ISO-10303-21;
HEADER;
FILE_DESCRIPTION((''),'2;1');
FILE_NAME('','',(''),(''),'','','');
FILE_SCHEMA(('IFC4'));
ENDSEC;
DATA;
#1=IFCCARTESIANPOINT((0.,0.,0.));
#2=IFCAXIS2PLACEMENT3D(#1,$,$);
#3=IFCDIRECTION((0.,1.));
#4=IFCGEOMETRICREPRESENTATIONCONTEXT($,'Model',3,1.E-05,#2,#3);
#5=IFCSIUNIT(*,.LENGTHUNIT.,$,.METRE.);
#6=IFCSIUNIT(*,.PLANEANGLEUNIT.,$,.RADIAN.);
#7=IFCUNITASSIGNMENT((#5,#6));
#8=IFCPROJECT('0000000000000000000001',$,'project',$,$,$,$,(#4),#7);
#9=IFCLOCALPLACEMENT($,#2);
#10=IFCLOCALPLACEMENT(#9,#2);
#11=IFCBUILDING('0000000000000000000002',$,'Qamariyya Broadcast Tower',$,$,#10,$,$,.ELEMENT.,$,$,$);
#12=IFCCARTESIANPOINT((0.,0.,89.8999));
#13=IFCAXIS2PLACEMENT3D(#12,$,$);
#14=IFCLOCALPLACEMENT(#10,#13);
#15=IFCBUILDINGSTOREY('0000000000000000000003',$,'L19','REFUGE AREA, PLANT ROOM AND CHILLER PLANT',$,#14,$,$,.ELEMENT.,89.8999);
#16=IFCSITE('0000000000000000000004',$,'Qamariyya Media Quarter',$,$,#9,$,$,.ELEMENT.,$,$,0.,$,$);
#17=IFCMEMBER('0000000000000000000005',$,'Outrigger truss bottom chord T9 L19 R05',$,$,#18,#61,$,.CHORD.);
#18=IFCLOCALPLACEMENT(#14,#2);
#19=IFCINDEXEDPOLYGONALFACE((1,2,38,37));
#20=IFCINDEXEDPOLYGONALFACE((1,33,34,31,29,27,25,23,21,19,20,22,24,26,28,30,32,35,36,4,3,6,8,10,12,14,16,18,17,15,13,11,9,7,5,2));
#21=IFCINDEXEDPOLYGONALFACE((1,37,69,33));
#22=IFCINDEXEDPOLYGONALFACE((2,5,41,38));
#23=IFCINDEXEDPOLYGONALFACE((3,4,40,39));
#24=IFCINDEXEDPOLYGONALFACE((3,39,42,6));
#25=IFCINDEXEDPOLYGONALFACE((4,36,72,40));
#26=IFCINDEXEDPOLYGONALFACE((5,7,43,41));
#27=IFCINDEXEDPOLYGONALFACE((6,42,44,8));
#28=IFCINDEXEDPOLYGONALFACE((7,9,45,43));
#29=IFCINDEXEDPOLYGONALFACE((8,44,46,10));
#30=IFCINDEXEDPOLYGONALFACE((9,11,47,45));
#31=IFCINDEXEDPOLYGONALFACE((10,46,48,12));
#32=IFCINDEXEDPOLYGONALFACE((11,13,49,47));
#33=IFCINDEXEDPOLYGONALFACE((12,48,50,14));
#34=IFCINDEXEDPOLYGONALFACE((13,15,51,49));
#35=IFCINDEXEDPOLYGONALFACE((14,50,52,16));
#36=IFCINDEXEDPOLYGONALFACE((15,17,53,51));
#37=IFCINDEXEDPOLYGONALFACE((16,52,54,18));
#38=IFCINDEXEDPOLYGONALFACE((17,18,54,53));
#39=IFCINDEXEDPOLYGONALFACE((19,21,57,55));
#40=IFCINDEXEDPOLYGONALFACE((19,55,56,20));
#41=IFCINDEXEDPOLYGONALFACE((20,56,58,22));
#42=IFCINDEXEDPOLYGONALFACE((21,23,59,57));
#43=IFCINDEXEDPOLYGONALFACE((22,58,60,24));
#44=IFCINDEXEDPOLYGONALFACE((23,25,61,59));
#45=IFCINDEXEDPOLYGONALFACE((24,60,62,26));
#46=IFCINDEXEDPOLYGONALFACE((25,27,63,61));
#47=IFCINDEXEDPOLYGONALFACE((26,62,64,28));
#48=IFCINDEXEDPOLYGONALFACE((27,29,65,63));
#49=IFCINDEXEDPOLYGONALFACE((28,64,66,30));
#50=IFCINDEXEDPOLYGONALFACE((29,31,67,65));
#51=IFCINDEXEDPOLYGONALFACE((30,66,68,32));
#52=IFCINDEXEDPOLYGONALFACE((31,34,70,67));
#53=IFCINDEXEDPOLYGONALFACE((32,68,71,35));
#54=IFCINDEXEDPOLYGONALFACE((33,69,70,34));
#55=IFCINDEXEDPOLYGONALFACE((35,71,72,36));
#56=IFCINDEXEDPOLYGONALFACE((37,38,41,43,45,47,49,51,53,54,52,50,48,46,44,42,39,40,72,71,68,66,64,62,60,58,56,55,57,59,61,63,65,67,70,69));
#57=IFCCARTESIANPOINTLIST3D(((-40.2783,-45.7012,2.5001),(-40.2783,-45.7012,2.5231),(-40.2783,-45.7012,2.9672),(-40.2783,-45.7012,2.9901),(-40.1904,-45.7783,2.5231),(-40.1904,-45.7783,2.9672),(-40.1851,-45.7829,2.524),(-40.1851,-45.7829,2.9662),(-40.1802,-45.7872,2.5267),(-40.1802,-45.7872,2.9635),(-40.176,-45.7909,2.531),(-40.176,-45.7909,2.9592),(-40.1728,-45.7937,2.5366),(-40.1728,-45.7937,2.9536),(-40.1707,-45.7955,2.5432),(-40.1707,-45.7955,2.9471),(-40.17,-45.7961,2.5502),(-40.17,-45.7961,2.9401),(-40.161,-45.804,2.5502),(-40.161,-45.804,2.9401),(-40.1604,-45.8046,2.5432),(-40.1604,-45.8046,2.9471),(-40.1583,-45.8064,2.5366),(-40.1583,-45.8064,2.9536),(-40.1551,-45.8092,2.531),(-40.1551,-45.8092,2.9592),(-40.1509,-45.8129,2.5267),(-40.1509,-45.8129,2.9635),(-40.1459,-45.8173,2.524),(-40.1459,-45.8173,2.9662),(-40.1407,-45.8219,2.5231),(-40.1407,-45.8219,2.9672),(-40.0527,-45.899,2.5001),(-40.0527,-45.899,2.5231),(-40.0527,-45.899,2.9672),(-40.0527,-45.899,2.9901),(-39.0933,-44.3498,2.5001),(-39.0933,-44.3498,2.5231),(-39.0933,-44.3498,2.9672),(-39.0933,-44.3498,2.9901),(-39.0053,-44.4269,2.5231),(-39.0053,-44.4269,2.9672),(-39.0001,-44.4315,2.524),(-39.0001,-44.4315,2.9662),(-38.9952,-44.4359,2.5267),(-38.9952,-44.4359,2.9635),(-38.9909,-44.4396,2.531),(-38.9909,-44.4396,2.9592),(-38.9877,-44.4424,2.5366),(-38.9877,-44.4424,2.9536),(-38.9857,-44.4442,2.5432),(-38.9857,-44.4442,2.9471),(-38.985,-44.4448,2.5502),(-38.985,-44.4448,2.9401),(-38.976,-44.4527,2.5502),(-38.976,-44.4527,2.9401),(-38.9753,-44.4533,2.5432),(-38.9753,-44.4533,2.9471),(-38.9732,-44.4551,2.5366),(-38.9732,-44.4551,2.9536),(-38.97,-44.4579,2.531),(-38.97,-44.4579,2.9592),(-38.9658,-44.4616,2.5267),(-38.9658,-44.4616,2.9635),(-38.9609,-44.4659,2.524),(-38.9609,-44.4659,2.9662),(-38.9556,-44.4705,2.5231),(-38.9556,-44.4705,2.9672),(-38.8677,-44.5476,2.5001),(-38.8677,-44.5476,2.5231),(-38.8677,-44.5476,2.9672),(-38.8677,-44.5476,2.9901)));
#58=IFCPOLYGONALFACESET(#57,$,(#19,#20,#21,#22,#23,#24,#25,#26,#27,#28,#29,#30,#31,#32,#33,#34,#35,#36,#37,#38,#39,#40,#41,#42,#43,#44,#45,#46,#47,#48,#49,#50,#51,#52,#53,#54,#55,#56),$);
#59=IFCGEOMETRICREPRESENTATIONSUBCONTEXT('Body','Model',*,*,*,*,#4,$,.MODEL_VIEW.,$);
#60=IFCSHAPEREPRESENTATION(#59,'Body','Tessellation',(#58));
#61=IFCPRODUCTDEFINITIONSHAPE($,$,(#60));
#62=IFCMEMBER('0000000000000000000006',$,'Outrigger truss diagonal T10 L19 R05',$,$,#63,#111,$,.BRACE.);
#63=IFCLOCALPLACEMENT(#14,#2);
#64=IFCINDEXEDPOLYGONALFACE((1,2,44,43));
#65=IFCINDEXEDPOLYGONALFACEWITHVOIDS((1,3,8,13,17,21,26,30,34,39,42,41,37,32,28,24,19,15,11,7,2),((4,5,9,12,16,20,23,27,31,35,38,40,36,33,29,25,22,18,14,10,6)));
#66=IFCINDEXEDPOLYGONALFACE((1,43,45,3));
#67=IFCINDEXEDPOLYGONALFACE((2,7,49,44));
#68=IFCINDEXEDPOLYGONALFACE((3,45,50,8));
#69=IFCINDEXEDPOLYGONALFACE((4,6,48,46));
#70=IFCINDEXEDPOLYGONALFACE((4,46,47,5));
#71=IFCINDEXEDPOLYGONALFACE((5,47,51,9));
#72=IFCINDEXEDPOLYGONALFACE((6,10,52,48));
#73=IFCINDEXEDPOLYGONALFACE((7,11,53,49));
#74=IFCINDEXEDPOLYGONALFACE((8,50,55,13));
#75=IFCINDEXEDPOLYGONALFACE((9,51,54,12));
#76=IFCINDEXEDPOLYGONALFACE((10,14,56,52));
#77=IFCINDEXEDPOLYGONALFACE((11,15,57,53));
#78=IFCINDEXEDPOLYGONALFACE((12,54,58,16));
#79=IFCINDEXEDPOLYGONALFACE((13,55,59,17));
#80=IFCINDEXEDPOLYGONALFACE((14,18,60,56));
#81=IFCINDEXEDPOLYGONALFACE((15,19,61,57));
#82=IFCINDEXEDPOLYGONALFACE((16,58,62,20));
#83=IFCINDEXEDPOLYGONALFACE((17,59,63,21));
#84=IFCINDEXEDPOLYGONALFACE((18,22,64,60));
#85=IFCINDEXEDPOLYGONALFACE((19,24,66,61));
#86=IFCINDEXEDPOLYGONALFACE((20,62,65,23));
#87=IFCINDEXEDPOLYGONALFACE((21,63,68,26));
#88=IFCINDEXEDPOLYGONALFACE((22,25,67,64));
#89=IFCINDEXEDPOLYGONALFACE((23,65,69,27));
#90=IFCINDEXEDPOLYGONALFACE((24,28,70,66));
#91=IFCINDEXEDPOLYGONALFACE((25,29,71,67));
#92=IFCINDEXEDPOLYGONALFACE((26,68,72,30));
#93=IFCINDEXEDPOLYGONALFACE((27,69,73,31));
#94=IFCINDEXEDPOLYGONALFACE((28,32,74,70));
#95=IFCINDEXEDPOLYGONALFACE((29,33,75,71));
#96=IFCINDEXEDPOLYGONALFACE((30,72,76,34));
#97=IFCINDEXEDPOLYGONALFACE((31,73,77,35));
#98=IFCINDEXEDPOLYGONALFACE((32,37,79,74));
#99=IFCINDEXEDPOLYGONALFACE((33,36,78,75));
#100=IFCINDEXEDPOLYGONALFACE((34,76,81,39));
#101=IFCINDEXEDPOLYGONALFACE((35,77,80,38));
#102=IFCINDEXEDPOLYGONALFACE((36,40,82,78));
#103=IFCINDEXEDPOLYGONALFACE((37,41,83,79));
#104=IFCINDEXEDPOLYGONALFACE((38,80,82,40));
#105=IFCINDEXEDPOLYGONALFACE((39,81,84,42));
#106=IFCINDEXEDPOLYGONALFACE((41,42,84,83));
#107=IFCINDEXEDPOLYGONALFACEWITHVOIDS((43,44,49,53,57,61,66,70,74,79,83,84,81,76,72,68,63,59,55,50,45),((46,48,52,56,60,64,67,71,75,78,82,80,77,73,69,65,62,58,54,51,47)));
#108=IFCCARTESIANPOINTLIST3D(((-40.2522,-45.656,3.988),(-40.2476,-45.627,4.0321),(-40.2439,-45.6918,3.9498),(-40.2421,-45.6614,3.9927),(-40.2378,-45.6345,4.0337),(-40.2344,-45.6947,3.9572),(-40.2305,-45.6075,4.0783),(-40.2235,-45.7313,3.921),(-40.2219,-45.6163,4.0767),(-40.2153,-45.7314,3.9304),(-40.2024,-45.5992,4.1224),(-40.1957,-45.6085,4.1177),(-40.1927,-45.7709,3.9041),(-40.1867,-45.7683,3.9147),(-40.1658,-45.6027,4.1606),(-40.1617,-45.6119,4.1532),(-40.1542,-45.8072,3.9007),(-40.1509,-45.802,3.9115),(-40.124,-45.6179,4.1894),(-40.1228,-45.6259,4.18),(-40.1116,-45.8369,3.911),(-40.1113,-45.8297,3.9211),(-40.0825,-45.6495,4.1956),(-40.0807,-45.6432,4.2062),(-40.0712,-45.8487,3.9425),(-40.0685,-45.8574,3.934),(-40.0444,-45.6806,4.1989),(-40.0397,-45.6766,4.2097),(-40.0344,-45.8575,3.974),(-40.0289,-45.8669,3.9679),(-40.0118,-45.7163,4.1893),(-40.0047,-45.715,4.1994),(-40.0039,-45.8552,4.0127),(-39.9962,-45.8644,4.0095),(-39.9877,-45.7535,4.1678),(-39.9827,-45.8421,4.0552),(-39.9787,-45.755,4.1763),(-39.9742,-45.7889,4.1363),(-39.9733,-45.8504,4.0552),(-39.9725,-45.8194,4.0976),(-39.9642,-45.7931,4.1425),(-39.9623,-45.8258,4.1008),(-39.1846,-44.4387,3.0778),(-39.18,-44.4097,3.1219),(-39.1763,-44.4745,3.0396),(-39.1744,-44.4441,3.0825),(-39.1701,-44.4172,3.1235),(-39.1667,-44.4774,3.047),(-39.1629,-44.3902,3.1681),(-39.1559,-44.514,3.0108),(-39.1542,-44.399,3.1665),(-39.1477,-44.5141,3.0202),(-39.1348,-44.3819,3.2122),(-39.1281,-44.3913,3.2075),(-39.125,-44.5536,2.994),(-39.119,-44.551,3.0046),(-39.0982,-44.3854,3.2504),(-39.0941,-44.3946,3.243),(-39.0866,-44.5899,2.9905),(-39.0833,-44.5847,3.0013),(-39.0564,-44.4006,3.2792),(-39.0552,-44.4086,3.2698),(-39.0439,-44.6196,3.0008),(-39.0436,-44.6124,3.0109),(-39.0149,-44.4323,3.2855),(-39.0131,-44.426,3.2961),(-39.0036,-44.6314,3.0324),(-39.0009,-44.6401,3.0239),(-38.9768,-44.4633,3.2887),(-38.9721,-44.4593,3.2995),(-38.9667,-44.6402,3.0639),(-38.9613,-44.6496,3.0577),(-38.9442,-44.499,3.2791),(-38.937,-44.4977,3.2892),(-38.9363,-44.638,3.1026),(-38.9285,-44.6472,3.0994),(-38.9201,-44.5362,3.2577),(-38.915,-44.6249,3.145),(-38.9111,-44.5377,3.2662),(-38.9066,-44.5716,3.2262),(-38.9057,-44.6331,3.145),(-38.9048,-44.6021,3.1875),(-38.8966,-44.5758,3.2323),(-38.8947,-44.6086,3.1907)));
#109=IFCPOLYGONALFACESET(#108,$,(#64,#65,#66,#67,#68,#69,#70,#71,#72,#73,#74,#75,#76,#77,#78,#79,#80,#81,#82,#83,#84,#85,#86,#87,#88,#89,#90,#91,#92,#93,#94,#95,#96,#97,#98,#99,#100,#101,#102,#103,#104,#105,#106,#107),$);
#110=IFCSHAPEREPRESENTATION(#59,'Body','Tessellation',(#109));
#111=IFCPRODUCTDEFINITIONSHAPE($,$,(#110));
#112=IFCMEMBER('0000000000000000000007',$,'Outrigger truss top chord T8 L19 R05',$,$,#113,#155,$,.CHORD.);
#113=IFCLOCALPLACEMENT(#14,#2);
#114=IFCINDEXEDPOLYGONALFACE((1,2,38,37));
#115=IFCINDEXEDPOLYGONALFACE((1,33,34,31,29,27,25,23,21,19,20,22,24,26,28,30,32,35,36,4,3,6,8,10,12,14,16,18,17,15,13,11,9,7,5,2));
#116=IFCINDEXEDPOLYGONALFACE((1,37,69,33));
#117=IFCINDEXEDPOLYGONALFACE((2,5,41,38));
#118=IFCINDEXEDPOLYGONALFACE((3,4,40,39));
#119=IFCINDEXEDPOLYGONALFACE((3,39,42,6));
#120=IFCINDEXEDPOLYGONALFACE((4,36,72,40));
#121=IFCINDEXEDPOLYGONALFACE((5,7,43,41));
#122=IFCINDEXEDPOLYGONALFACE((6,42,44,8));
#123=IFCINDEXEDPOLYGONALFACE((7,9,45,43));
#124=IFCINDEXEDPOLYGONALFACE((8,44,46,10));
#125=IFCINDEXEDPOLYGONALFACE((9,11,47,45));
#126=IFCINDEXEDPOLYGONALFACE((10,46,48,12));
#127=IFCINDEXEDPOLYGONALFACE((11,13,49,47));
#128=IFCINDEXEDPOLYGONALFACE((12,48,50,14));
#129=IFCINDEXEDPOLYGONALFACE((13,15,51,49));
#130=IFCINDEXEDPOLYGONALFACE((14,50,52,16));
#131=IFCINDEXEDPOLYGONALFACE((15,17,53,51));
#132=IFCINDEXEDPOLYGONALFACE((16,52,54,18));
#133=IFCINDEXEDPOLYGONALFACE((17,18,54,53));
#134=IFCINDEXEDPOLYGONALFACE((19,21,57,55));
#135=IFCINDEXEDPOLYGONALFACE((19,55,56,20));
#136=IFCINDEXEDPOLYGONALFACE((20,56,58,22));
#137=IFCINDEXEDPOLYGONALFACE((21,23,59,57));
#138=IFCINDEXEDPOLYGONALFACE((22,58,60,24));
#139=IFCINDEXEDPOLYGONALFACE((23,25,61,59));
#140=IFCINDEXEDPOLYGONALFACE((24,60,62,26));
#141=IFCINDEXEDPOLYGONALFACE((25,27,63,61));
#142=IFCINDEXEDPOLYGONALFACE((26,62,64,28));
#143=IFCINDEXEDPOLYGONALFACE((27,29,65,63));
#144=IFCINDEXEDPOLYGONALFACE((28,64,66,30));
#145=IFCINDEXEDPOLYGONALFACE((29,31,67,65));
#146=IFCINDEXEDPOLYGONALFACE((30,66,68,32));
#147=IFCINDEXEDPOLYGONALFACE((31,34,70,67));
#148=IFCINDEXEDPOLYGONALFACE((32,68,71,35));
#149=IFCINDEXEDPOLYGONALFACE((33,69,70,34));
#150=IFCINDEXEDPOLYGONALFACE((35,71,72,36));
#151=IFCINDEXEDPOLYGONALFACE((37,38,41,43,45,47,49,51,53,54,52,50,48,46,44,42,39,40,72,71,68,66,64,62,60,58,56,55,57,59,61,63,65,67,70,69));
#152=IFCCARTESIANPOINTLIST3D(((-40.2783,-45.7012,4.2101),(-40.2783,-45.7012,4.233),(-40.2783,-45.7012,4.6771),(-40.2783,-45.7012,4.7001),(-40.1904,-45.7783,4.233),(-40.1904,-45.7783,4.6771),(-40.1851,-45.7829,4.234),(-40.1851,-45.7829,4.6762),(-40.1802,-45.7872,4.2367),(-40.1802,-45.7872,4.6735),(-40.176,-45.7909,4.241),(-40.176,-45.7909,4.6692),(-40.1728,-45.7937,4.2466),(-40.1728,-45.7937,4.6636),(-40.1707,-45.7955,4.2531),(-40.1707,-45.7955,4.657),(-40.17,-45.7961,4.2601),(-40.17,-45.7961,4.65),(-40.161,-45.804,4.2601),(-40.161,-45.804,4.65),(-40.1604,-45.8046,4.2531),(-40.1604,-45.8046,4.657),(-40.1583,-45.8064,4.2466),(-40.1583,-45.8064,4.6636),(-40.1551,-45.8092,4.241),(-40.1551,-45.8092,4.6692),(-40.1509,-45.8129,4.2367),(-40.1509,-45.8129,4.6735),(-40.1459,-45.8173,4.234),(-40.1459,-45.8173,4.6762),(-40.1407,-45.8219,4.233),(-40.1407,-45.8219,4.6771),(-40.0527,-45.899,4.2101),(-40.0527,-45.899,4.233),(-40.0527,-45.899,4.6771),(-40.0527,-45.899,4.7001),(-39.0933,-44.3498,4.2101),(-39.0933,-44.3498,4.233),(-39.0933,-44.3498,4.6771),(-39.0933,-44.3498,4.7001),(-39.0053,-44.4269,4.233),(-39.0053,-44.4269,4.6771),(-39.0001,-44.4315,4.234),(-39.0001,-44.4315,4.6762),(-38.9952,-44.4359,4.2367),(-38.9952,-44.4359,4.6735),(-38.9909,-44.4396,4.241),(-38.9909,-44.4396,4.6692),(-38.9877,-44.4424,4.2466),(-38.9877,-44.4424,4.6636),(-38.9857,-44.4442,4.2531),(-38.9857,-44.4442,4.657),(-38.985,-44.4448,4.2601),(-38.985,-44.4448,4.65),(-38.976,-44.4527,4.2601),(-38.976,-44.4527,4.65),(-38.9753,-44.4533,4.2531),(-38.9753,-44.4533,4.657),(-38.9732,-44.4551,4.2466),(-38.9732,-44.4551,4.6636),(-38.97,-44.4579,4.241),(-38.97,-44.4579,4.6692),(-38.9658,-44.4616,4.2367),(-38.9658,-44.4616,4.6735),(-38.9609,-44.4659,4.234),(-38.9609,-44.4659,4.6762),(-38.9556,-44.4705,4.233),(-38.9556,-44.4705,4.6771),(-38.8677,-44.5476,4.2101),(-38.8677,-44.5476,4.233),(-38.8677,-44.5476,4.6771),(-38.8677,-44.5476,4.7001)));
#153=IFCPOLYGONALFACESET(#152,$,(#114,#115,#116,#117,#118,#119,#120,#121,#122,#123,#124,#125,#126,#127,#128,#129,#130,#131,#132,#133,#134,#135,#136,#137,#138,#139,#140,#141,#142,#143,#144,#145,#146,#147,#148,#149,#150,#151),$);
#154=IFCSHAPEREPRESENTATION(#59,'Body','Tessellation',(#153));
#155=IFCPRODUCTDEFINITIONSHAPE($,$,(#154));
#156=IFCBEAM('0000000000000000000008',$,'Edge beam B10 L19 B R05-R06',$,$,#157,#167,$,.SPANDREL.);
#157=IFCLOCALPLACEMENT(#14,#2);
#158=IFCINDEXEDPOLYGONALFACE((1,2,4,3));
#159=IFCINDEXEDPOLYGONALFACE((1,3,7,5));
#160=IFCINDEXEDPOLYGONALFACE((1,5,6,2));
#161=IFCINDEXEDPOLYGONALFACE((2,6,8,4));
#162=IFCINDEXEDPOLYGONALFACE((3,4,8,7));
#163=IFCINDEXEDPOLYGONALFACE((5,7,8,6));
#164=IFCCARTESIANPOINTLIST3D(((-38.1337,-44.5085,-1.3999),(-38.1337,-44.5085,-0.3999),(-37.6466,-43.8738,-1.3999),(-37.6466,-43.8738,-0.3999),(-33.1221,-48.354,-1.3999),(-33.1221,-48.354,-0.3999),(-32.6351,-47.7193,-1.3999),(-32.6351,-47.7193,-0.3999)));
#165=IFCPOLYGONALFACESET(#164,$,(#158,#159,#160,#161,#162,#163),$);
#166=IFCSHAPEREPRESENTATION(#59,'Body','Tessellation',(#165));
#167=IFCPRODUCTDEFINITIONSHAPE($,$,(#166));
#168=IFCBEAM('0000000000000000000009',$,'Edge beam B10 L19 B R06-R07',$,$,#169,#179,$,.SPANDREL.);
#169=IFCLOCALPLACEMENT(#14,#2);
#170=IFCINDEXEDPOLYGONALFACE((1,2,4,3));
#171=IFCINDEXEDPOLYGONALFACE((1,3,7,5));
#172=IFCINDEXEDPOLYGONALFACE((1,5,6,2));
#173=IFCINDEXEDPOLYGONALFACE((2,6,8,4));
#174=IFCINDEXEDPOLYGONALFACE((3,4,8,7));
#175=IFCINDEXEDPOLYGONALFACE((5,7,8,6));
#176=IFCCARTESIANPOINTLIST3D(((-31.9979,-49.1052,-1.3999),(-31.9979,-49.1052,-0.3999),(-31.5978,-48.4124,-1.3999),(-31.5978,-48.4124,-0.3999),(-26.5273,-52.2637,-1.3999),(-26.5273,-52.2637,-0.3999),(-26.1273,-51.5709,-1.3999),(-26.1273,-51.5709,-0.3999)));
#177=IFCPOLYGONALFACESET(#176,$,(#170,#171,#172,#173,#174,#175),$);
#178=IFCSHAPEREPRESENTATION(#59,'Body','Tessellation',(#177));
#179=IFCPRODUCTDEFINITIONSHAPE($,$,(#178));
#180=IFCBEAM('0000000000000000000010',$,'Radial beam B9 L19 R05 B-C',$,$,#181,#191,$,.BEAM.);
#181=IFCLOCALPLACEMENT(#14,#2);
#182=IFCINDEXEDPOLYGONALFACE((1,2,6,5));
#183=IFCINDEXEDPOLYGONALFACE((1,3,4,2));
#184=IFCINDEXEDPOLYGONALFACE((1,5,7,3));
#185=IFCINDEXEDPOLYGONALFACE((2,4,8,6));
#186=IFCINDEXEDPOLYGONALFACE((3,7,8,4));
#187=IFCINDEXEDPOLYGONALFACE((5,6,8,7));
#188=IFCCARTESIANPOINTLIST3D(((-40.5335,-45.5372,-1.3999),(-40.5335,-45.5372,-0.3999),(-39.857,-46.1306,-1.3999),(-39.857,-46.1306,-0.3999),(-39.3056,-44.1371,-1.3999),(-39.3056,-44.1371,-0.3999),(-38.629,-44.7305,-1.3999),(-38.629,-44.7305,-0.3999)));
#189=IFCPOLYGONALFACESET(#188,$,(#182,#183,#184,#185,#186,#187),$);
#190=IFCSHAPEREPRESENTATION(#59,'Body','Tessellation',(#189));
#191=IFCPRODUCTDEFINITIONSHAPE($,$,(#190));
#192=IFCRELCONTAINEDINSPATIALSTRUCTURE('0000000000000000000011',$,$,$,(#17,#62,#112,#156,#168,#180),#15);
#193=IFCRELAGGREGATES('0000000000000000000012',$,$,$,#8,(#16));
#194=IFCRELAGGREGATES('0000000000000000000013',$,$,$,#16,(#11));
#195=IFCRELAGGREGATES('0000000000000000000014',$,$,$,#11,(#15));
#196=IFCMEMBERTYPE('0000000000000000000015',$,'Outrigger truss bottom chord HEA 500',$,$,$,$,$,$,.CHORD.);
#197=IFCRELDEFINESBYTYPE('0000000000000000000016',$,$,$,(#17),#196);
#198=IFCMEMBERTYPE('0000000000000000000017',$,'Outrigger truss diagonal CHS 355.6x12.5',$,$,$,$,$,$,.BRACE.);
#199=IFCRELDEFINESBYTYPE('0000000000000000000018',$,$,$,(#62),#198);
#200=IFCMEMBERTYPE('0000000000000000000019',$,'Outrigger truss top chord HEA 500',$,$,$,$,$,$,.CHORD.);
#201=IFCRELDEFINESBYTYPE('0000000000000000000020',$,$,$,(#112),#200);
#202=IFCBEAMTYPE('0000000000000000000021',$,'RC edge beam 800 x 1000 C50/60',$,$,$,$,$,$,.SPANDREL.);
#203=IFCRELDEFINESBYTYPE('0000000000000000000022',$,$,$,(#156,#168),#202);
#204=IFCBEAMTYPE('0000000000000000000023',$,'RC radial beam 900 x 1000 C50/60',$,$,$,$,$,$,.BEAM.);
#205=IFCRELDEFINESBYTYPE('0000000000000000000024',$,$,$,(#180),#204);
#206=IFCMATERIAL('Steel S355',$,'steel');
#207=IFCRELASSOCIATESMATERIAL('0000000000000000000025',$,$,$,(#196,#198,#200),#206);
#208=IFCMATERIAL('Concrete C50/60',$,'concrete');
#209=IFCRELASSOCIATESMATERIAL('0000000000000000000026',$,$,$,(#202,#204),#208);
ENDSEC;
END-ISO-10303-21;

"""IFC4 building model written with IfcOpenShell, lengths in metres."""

from ifc_helpers import new_model, si_unit, direction, frame, origin, origin_2d, place, context, subcontext, project, spatial, rectangle, hollow_circle, i_section, extrude, material, material_profile, profile_set, type_object, element, save


model = new_model("IFC4")

# Units and contexts
model_context = context("Model", 3, precision=1e-05, world=origin(), true_north=direction((0.0, 1.0)))
body_context = subcontext(model_context, "Body", "Model", "MODEL_VIEW")
ifc_project = project(units=[si_unit("LENGTHUNIT", "METRE"), si_unit("PLANEANGLEUNIT", "RADIAN")], contexts=[model_context])

# Site, building, storey
site_placement = place(None, origin())
site = spatial("IfcSite", under=ifc_project, at=site_placement, Name="Qamariyya Media Quarter", CompositionType="ELEMENT", RefElevation=0.0)
building_placement = place(site_placement, origin())
building = spatial("IfcBuilding", under=site, at=building_placement, Name="Qamariyya Broadcast Tower", CompositionType="ELEMENT")
storey_placement = place(building_placement, frame((0.0, 0.0, 89.8999)))
storey = spatial("IfcBuildingStorey", under=building, at=storey_placement, Name="L19", Description="REFUGE AREA, PLANT ROOM AND CHILLER PLANT", CompositionType="ELEMENT", Elevation=89.8999)

# Members
ifc_material_1 = material(Name="Steel S355", Category="steel")
ifc_material_profile_1 = material_profile(ifc_material_1, i_section(OverallWidth=0.3, OverallDepth=0.49, WebThickness=0.012, FlangeThickness=0.0229, FilletRadius=0.0271, at=origin_2d()))
ifc_profile_set_1 = profile_set([ifc_material_profile_1], Name="Steel S355")
member_type_1 = type_object("IfcMemberType", Name="Outrigger truss bottom chord HEA 500", PredefinedType="CHORD", material=ifc_profile_set_1)
member_1_placement = place(storey_placement, frame((-38.9805, -44.4487, 2.7451), z_axis=(-0.659341, -0.751844, 0.0), x_axis=(0.751844, -0.659341, 0.0)))
element("IfcMember", 1, at=member_1_placement, inside=storey, type_object=member_type_1, Name="Outrigger truss bottom chord T9 L19 R05", PredefinedType="CHORD", context=body_context, shape_type="SweptSolid", body=[
    extrude(i_section(OverallWidth=0.3, OverallDepth=0.49, WebThickness=0.012, FlangeThickness=0.0229, FilletRadius=0.0271, at=origin_2d()), origin(), (0.0, 0.0, 1.0), 1.7974),
])
ifc_material_profile_2 = material_profile(ifc_material_1, hollow_circle(Radius=0.1777, WallThickness=0.0125, at=origin_2d()))
ifc_profile_set_2 = profile_set([ifc_material_profile_2], Name="Steel S355")
member_type_2 = type_object("IfcMemberType", Name="Outrigger truss diagonal CHS 355.6x12.5", PredefinedType="BRACE", material=ifc_profile_set_2)
member_2_placement = place(storey_placement, frame((-39.0393, -44.5159, 3.145), z_axis=(-0.574791, -0.655365, 0.490012), x_axis=(0.75181, -0.65938, 0.0)))
element("IfcMember", 2, at=member_2_placement, inside=storey, type_object=member_type_2, Name="Outrigger truss diagonal T10 L19 R05", PredefinedType="BRACE", context=body_context, shape_type="SweptSolid", body=[
    extrude(hollow_circle(Radius=0.1777, WallThickness=0.0125, at=origin_2d()), origin(), (0.0, 0.0, 1.0), 1.8574),
])
ifc_material_profile_3 = material_profile(ifc_material_1, i_section(OverallWidth=0.3, OverallDepth=0.49, WebThickness=0.012, FlangeThickness=0.0229, FilletRadius=0.0271, at=origin_2d()))
ifc_profile_set_3 = profile_set([ifc_material_profile_3], Name="Steel S355")
member_type_3 = type_object("IfcMemberType", Name="Outrigger truss top chord HEA 500", PredefinedType="CHORD", material=ifc_profile_set_3)
member_3_placement = place(storey_placement, frame((-38.9805, -44.4487, 4.4551), z_axis=(-0.659341, -0.751844, 0.0), x_axis=(0.751844, -0.659341, 0.0)))
element("IfcMember", 3, at=member_3_placement, inside=storey, type_object=member_type_3, Name="Outrigger truss top chord T8 L19 R05", PredefinedType="CHORD", context=body_context, shape_type="SweptSolid", body=[
    extrude(i_section(OverallWidth=0.3, OverallDepth=0.49, WebThickness=0.012, FlangeThickness=0.0229, FilletRadius=0.0271, at=origin_2d()), origin(), (0.0, 0.0, 1.0), 1.7974),
])

# Beams
ifc_material_2 = material(Name="Concrete C50/60", Category="concrete")
ifc_material_profile_4 = material_profile(ifc_material_2, rectangle(XDim=0.8, YDim=1.0, at=origin_2d()))
ifc_profile_set_4 = profile_set([ifc_material_profile_4], Name="Concrete C50/60")
beam_type_1 = type_object("IfcBeamType", Name="RC edge beam 800 x 1000 C50/60", PredefinedType="SPANDREL", material=ifc_profile_set_4)
for number, where, z_axis, x_axis, name in (
    (4, (-37.8901, -44.1912, -0.8999), (0.793352, -0.608763, 0.0), (0.608763, 0.793352, 0.0), "Edge beam B10 L19 B R05-R06"),
    (5, (-31.7979, -48.7588, -0.8999), (0.86602, -0.500009, 0.0), (0.500009, 0.86602, 0.0), "Edge beam B10 L19 B R06-R07"),
):
    element("IfcBeam", number, at=place(storey_placement, frame(where, z_axis=z_axis, x_axis=x_axis)), inside=storey, type_object=beam_type_1, Name=name, PredefinedType="SPANDREL", context=body_context, shape_type="SweptSolid", body=[
        extrude(rectangle(XDim=0.8, YDim=1.0, at=origin_2d()), origin(), (0.0, 0.0, 1.0), 6.3169),
    ])
ifc_material_profile_5 = material_profile(ifc_material_2, rectangle(XDim=0.8999, YDim=1.0, at=origin_2d()))
ifc_profile_set_5 = profile_set([ifc_material_profile_5], Name="Concrete C50/60")
beam_type_2 = type_object("IfcBeamType", Name="RC radial beam 900 x 1000 C50/60", PredefinedType="BEAM", material=ifc_profile_set_5)
beam_1_placement = place(storey_placement, frame((-38.9673, -44.4338, -0.8999), z_axis=(-0.659386, -0.751805, 0.0), x_axis=(0.751805, -0.659386, 0.0)))
element("IfcBeam", 6, at=beam_1_placement, inside=storey, type_object=beam_type_2, Name="Radial beam B9 L19 R05 B-C", PredefinedType="BEAM", context=body_context, shape_type="SweptSolid", body=[
    extrude(rectangle(XDim=0.8999, YDim=1.0, at=origin_2d()), origin(), (0.0, 0.0, 1.0), 1.8623),
])

save(model, "model.ifc")
